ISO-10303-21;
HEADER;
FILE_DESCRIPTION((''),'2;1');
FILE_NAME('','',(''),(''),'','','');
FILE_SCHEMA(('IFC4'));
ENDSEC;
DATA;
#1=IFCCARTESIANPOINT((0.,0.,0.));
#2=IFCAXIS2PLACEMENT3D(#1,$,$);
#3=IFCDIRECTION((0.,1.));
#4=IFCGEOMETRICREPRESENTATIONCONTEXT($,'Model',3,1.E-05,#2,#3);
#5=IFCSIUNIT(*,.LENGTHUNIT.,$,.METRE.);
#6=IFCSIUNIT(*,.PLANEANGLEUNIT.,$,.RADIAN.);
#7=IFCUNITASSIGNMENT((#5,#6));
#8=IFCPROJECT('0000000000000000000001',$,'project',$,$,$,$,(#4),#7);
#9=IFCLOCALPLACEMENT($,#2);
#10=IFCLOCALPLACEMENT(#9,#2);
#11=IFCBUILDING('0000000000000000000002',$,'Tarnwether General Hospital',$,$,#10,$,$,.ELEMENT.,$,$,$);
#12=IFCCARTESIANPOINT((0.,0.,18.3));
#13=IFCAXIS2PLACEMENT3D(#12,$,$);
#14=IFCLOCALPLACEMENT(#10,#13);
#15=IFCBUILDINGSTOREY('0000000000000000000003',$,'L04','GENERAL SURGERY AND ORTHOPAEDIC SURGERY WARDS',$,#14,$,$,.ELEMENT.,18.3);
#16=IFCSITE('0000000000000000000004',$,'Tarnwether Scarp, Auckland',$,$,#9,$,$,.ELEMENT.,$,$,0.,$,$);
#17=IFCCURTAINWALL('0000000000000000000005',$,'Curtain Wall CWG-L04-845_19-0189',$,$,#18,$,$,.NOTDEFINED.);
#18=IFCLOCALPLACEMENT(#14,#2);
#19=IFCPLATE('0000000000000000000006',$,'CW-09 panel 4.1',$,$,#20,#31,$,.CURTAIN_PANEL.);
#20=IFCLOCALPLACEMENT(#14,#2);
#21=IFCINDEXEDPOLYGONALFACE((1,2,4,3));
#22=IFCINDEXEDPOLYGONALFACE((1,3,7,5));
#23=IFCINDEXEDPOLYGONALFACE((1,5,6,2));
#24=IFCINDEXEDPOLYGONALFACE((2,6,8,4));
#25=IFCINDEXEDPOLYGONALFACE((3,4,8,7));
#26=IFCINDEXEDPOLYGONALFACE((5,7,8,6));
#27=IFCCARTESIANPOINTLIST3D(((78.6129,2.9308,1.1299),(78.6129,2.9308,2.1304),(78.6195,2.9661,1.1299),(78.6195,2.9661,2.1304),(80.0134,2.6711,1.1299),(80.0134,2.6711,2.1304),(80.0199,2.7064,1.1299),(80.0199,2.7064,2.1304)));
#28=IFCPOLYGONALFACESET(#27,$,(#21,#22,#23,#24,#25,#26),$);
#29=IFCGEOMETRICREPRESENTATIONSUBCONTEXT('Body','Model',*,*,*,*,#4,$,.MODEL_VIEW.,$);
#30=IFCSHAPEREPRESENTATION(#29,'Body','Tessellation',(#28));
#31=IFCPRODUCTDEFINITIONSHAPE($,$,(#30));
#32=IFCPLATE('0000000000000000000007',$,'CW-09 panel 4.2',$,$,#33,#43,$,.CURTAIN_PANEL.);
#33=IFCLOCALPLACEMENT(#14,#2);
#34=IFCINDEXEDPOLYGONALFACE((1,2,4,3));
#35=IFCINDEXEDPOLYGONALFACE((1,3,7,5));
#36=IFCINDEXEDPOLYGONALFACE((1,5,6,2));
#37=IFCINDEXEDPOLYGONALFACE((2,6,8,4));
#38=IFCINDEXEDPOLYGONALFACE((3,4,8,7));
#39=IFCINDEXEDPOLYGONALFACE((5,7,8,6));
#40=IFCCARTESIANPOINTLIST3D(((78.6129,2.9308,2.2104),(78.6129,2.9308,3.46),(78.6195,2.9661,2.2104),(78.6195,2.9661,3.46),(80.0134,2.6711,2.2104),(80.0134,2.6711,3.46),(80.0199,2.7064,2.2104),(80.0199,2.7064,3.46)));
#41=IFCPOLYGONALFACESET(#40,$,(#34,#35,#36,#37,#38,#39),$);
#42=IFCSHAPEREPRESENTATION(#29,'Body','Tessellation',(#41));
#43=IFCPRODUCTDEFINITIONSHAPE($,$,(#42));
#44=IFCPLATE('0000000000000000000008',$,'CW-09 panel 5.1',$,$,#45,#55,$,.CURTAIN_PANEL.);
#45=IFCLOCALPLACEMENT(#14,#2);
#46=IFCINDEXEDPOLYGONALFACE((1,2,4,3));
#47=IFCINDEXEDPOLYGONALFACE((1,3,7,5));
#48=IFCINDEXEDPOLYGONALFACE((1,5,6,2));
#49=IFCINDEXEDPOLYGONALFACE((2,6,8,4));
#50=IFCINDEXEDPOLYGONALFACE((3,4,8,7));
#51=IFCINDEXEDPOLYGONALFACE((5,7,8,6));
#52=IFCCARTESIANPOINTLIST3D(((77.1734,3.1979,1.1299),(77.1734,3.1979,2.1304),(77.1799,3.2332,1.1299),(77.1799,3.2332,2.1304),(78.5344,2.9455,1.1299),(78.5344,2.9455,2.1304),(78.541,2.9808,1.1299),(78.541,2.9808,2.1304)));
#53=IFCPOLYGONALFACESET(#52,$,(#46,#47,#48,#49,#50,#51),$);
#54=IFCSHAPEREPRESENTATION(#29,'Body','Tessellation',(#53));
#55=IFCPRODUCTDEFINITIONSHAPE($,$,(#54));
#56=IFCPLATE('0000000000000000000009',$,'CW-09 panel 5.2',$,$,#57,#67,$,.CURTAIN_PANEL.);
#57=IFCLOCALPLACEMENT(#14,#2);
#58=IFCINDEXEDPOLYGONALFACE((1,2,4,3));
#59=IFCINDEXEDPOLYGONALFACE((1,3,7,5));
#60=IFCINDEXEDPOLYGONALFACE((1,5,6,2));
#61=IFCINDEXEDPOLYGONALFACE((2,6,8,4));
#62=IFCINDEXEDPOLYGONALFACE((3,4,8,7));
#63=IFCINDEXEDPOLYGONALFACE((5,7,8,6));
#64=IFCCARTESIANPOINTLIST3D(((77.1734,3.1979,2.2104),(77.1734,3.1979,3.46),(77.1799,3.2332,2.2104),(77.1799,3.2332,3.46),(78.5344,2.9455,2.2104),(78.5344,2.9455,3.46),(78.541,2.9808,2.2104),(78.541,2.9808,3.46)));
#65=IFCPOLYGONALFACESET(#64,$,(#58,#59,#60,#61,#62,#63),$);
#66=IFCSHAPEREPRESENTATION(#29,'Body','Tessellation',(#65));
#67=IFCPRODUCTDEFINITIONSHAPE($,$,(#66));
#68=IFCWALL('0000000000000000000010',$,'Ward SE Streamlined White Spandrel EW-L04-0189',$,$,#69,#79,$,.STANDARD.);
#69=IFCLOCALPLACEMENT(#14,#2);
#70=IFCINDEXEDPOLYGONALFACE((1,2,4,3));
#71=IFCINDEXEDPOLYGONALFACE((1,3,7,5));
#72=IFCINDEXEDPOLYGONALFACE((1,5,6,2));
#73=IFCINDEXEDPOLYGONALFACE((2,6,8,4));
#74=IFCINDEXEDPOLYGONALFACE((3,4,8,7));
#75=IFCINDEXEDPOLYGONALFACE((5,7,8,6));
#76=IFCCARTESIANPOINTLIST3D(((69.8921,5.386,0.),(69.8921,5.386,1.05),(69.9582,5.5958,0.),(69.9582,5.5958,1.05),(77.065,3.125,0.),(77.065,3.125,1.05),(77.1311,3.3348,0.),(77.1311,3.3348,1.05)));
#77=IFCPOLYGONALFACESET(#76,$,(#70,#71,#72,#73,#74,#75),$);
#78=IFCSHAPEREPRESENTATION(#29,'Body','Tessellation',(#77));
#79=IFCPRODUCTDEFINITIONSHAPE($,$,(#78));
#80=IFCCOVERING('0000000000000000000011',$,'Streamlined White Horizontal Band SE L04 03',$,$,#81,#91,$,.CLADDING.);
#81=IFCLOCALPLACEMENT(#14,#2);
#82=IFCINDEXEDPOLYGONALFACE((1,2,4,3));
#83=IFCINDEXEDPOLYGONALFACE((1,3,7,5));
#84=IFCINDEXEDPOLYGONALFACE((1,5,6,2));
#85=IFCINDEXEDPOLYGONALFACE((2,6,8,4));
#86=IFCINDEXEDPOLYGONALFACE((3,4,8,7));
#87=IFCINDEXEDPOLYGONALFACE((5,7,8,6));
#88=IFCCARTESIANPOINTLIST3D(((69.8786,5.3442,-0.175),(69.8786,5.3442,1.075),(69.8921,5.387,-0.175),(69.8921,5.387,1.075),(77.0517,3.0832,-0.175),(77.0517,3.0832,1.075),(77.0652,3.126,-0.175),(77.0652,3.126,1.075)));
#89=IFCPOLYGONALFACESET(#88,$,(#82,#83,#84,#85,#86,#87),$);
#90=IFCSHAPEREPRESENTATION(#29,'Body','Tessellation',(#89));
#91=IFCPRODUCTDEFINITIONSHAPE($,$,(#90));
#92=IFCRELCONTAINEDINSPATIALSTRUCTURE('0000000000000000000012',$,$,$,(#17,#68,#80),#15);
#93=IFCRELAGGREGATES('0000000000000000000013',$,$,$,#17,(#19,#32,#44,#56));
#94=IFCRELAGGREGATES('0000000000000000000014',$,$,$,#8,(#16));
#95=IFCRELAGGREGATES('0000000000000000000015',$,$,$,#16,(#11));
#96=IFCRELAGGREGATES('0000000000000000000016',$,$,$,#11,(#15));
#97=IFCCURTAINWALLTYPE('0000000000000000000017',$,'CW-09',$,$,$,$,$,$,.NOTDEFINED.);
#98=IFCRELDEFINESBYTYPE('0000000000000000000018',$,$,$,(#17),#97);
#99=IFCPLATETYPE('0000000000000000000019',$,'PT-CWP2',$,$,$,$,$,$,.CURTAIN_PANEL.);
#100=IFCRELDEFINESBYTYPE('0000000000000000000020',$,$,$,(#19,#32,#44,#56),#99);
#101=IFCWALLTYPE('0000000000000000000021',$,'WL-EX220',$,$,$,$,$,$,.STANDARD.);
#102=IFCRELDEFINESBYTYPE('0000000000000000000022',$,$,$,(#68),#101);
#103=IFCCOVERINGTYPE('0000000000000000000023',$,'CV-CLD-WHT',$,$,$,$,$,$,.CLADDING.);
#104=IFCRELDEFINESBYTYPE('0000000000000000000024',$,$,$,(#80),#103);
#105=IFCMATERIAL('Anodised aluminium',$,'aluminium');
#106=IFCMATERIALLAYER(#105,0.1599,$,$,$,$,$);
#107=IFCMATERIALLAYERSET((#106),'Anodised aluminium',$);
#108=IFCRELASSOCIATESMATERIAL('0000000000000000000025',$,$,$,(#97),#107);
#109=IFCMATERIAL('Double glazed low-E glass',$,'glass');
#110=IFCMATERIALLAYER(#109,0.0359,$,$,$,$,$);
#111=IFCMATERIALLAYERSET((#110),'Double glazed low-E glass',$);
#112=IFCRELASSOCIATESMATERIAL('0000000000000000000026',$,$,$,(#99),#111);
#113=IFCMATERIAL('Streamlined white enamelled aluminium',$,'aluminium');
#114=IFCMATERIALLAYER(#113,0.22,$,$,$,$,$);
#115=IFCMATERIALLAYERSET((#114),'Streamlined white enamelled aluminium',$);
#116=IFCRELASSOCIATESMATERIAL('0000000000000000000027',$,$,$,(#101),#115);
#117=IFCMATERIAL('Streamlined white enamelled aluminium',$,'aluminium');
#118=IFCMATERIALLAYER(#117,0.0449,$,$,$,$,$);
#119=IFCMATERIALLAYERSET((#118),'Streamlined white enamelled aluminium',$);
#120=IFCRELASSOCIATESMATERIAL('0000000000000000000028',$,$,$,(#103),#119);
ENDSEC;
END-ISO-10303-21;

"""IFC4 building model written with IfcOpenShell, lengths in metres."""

from ifc_helpers import new_model, si_unit, direction, frame, frame_2d, origin, origin_2d, place, context, subcontext, project, spatial, rectangle, extrude, material, layer, layer_set, type_object, element, aggregate, save


model = new_model("IFC4")

# Units and contexts
model_context = context("Model", 3, precision=1e-05, world=origin(), true_north=direction((0.0, 1.0)))
body_context = subcontext(model_context, "Body", "Model", "MODEL_VIEW")
ifc_project = project(units=[si_unit("LENGTHUNIT", "METRE"), si_unit("PLANEANGLEUNIT", "RADIAN")], contexts=[model_context])

# Site, building, storey
site_placement = place(None, origin())
site = spatial("IfcSite", under=ifc_project, at=site_placement, Name="Tarnwether Scarp, Auckland", CompositionType="ELEMENT", RefElevation=0.0)
building_placement = place(site_placement, origin())
building = spatial("IfcBuilding", under=site, at=building_placement, Name="Tarnwether General Hospital", CompositionType="ELEMENT")
storey_placement = place(building_placement, frame((0.0, 0.0, 18.3)))
storey = spatial("IfcBuildingStorey", under=building, at=storey_placement, Name="L04", Description="GENERAL SURGERY AND ORTHOPAEDIC SURGERY WARDS", CompositionType="ELEMENT", Elevation=18.3)

# Curtain wall
ifc_material_1 = material(Name="Anodised aluminium", Category="aluminium")
ifc_layer_1 = layer(ifc_material_1, 0.1599)
ifc_layer_set_1 = layer_set([ifc_layer_1], Name="Anodised aluminium")
curtain_wall_type = type_object("IfcCurtainWallType", Name="CW-09", PredefinedType="NOTDEFINED", material=ifc_layer_set_1)
curtain_wall_1_placement = place(storey_placement, origin())
curtain_wall_1 = element("IfcCurtainWall", 1, at=curtain_wall_1_placement, inside=storey, type_object=curtain_wall_type, Name="Curtain Wall CWG-L04-845_19-0189", PredefinedType="NOTDEFINED")

# Plates
ifc_material_2 = material(Name="Double glazed low-E glass", Category="glass")
ifc_layer_2 = layer(ifc_material_2, 0.0359)
ifc_layer_set_2 = layer_set([ifc_layer_2], Name="Double glazed low-E glass")
plate_type_1 = type_object("IfcPlateType", Name="PT-CWP2", PredefinedType="CURTAIN_PANEL", material=ifc_layer_set_2)
plate_1_placement = place(storey_placement, frame((79.3164, 2.8186, 1.1299), z_axis=(0.0, 0.0, 1.0), x_axis=(-0.983245, 0.182289, 0.0)))
plate_1 = element("IfcPlate", 2, at=plate_1_placement, type_object=plate_type_1, Name="CW-09 panel 4.1", PredefinedType="CURTAIN_PANEL", context=body_context, shape_type="SweptSolid", body=[
    extrude(rectangle(XDim=1.4243, YDim=0.0359, at=origin_2d()), origin(), (0.0, 0.0, 1.0), 1.0005),
])
plate_2_placement = place(storey_placement, frame((79.3164, 2.8186, 2.2104), z_axis=(0.0, 0.0, 1.0), x_axis=(-0.983245, 0.182289, 0.0)))
plate_2 = element("IfcPlate", 3, at=plate_2_placement, type_object=plate_type_1, Name="CW-09 panel 4.2", PredefinedType="CURTAIN_PANEL", context=body_context, shape_type="SweptSolid", body=[
    extrude(rectangle(XDim=1.4243, YDim=0.0359, at=origin_2d()), origin(), (0.0, 0.0, 1.0), 1.2495),
])
plate_3_placement = place(storey_placement, frame((77.8572, 3.0894, 1.1299), z_axis=(0.0, 0.0, 1.0), x_axis=(-0.983245, 0.182289, 0.0)))
plate_3 = element("IfcPlate", 4, at=plate_3_placement, type_object=plate_type_1, Name="CW-09 panel 5.1", PredefinedType="CURTAIN_PANEL", context=body_context, shape_type="SweptSolid", body=[
    extrude(rectangle(XDim=1.3843, YDim=0.0359, at=origin_2d()), origin(), (0.0, 0.0, 1.0), 1.0005),
])
plate_4_placement = place(storey_placement, frame((77.8572, 3.0894, 2.2104), z_axis=(0.0, 0.0, 1.0), x_axis=(-0.983245, 0.182289, 0.0)))
plate_4 = element("IfcPlate", 5, at=plate_4_placement, type_object=plate_type_1, Name="CW-09 panel 5.2", PredefinedType="CURTAIN_PANEL", context=body_context, shape_type="SweptSolid", body=[
    extrude(rectangle(XDim=1.3843, YDim=0.0359, at=origin_2d()), origin(), (0.0, 0.0, 1.0), 1.2495),
])
aggregate(curtain_wall_1, [plate_1, plate_2, plate_3, plate_4])

# Wall
ifc_material_3 = material(Name="Streamlined white enamelled aluminium", Category="aluminium")
ifc_layer_3 = layer(ifc_material_3, 0.22)
ifc_layer_set_3 = layer_set([ifc_layer_3], Name="Streamlined white enamelled aluminium")
wall_type = type_object("IfcWallType", Name="WL-EX220", PredefinedType="STANDARD", material=ifc_layer_set_3)
wall_placement = place(storey_placement, frame((77.0979, 3.23, 0.0), z_axis=(0.0, 0.0, 1.0), x_axis=(-0.95374, 0.300633, 0.0)))
element("IfcWall", 6, at=wall_placement, inside=storey, type_object=wall_type, Name="Ward SE Streamlined White Spandrel EW-L04-0189", PredefinedType="STANDARD", context=body_context, shape_type="SweptSolid", body=[
    extrude(rectangle(XDim=7.5208, YDim=0.22, at=frame_2d((3.7603, 0.0))), origin(), (0.0, 0.0, 1.0), 1.05),
])

# Covering
ifc_material_4 = material(Name="Streamlined white enamelled aluminium", Category="aluminium")
ifc_layer_4 = layer(ifc_material_4, 0.0449)
ifc_layer_set_4 = layer_set([ifc_layer_4], Name="Streamlined white enamelled aluminium")
covering_type = type_object("IfcCoveringType", Name="CV-CLD-WHT", PredefinedType="CLADDING", material=ifc_layer_set_4)
covering_placement = place(storey_placement, frame((73.4719, 4.2351, -0.175), z_axis=(0.0, 0.0, 1.0), x_axis=(-0.953743, 0.300623, 0.0)))
element("IfcCovering", 7, at=covering_placement, inside=storey, type_object=covering_type, Name="Streamlined White Horizontal Band SE L04 03", PredefinedType="CLADDING", context=body_context, shape_type="SweptSolid", body=[
    extrude(rectangle(XDim=7.521, YDim=0.0449, at=origin_2d()), origin(), (0.0, 0.0, 1.0), 1.25),
])

save(model, "model.ifc")
